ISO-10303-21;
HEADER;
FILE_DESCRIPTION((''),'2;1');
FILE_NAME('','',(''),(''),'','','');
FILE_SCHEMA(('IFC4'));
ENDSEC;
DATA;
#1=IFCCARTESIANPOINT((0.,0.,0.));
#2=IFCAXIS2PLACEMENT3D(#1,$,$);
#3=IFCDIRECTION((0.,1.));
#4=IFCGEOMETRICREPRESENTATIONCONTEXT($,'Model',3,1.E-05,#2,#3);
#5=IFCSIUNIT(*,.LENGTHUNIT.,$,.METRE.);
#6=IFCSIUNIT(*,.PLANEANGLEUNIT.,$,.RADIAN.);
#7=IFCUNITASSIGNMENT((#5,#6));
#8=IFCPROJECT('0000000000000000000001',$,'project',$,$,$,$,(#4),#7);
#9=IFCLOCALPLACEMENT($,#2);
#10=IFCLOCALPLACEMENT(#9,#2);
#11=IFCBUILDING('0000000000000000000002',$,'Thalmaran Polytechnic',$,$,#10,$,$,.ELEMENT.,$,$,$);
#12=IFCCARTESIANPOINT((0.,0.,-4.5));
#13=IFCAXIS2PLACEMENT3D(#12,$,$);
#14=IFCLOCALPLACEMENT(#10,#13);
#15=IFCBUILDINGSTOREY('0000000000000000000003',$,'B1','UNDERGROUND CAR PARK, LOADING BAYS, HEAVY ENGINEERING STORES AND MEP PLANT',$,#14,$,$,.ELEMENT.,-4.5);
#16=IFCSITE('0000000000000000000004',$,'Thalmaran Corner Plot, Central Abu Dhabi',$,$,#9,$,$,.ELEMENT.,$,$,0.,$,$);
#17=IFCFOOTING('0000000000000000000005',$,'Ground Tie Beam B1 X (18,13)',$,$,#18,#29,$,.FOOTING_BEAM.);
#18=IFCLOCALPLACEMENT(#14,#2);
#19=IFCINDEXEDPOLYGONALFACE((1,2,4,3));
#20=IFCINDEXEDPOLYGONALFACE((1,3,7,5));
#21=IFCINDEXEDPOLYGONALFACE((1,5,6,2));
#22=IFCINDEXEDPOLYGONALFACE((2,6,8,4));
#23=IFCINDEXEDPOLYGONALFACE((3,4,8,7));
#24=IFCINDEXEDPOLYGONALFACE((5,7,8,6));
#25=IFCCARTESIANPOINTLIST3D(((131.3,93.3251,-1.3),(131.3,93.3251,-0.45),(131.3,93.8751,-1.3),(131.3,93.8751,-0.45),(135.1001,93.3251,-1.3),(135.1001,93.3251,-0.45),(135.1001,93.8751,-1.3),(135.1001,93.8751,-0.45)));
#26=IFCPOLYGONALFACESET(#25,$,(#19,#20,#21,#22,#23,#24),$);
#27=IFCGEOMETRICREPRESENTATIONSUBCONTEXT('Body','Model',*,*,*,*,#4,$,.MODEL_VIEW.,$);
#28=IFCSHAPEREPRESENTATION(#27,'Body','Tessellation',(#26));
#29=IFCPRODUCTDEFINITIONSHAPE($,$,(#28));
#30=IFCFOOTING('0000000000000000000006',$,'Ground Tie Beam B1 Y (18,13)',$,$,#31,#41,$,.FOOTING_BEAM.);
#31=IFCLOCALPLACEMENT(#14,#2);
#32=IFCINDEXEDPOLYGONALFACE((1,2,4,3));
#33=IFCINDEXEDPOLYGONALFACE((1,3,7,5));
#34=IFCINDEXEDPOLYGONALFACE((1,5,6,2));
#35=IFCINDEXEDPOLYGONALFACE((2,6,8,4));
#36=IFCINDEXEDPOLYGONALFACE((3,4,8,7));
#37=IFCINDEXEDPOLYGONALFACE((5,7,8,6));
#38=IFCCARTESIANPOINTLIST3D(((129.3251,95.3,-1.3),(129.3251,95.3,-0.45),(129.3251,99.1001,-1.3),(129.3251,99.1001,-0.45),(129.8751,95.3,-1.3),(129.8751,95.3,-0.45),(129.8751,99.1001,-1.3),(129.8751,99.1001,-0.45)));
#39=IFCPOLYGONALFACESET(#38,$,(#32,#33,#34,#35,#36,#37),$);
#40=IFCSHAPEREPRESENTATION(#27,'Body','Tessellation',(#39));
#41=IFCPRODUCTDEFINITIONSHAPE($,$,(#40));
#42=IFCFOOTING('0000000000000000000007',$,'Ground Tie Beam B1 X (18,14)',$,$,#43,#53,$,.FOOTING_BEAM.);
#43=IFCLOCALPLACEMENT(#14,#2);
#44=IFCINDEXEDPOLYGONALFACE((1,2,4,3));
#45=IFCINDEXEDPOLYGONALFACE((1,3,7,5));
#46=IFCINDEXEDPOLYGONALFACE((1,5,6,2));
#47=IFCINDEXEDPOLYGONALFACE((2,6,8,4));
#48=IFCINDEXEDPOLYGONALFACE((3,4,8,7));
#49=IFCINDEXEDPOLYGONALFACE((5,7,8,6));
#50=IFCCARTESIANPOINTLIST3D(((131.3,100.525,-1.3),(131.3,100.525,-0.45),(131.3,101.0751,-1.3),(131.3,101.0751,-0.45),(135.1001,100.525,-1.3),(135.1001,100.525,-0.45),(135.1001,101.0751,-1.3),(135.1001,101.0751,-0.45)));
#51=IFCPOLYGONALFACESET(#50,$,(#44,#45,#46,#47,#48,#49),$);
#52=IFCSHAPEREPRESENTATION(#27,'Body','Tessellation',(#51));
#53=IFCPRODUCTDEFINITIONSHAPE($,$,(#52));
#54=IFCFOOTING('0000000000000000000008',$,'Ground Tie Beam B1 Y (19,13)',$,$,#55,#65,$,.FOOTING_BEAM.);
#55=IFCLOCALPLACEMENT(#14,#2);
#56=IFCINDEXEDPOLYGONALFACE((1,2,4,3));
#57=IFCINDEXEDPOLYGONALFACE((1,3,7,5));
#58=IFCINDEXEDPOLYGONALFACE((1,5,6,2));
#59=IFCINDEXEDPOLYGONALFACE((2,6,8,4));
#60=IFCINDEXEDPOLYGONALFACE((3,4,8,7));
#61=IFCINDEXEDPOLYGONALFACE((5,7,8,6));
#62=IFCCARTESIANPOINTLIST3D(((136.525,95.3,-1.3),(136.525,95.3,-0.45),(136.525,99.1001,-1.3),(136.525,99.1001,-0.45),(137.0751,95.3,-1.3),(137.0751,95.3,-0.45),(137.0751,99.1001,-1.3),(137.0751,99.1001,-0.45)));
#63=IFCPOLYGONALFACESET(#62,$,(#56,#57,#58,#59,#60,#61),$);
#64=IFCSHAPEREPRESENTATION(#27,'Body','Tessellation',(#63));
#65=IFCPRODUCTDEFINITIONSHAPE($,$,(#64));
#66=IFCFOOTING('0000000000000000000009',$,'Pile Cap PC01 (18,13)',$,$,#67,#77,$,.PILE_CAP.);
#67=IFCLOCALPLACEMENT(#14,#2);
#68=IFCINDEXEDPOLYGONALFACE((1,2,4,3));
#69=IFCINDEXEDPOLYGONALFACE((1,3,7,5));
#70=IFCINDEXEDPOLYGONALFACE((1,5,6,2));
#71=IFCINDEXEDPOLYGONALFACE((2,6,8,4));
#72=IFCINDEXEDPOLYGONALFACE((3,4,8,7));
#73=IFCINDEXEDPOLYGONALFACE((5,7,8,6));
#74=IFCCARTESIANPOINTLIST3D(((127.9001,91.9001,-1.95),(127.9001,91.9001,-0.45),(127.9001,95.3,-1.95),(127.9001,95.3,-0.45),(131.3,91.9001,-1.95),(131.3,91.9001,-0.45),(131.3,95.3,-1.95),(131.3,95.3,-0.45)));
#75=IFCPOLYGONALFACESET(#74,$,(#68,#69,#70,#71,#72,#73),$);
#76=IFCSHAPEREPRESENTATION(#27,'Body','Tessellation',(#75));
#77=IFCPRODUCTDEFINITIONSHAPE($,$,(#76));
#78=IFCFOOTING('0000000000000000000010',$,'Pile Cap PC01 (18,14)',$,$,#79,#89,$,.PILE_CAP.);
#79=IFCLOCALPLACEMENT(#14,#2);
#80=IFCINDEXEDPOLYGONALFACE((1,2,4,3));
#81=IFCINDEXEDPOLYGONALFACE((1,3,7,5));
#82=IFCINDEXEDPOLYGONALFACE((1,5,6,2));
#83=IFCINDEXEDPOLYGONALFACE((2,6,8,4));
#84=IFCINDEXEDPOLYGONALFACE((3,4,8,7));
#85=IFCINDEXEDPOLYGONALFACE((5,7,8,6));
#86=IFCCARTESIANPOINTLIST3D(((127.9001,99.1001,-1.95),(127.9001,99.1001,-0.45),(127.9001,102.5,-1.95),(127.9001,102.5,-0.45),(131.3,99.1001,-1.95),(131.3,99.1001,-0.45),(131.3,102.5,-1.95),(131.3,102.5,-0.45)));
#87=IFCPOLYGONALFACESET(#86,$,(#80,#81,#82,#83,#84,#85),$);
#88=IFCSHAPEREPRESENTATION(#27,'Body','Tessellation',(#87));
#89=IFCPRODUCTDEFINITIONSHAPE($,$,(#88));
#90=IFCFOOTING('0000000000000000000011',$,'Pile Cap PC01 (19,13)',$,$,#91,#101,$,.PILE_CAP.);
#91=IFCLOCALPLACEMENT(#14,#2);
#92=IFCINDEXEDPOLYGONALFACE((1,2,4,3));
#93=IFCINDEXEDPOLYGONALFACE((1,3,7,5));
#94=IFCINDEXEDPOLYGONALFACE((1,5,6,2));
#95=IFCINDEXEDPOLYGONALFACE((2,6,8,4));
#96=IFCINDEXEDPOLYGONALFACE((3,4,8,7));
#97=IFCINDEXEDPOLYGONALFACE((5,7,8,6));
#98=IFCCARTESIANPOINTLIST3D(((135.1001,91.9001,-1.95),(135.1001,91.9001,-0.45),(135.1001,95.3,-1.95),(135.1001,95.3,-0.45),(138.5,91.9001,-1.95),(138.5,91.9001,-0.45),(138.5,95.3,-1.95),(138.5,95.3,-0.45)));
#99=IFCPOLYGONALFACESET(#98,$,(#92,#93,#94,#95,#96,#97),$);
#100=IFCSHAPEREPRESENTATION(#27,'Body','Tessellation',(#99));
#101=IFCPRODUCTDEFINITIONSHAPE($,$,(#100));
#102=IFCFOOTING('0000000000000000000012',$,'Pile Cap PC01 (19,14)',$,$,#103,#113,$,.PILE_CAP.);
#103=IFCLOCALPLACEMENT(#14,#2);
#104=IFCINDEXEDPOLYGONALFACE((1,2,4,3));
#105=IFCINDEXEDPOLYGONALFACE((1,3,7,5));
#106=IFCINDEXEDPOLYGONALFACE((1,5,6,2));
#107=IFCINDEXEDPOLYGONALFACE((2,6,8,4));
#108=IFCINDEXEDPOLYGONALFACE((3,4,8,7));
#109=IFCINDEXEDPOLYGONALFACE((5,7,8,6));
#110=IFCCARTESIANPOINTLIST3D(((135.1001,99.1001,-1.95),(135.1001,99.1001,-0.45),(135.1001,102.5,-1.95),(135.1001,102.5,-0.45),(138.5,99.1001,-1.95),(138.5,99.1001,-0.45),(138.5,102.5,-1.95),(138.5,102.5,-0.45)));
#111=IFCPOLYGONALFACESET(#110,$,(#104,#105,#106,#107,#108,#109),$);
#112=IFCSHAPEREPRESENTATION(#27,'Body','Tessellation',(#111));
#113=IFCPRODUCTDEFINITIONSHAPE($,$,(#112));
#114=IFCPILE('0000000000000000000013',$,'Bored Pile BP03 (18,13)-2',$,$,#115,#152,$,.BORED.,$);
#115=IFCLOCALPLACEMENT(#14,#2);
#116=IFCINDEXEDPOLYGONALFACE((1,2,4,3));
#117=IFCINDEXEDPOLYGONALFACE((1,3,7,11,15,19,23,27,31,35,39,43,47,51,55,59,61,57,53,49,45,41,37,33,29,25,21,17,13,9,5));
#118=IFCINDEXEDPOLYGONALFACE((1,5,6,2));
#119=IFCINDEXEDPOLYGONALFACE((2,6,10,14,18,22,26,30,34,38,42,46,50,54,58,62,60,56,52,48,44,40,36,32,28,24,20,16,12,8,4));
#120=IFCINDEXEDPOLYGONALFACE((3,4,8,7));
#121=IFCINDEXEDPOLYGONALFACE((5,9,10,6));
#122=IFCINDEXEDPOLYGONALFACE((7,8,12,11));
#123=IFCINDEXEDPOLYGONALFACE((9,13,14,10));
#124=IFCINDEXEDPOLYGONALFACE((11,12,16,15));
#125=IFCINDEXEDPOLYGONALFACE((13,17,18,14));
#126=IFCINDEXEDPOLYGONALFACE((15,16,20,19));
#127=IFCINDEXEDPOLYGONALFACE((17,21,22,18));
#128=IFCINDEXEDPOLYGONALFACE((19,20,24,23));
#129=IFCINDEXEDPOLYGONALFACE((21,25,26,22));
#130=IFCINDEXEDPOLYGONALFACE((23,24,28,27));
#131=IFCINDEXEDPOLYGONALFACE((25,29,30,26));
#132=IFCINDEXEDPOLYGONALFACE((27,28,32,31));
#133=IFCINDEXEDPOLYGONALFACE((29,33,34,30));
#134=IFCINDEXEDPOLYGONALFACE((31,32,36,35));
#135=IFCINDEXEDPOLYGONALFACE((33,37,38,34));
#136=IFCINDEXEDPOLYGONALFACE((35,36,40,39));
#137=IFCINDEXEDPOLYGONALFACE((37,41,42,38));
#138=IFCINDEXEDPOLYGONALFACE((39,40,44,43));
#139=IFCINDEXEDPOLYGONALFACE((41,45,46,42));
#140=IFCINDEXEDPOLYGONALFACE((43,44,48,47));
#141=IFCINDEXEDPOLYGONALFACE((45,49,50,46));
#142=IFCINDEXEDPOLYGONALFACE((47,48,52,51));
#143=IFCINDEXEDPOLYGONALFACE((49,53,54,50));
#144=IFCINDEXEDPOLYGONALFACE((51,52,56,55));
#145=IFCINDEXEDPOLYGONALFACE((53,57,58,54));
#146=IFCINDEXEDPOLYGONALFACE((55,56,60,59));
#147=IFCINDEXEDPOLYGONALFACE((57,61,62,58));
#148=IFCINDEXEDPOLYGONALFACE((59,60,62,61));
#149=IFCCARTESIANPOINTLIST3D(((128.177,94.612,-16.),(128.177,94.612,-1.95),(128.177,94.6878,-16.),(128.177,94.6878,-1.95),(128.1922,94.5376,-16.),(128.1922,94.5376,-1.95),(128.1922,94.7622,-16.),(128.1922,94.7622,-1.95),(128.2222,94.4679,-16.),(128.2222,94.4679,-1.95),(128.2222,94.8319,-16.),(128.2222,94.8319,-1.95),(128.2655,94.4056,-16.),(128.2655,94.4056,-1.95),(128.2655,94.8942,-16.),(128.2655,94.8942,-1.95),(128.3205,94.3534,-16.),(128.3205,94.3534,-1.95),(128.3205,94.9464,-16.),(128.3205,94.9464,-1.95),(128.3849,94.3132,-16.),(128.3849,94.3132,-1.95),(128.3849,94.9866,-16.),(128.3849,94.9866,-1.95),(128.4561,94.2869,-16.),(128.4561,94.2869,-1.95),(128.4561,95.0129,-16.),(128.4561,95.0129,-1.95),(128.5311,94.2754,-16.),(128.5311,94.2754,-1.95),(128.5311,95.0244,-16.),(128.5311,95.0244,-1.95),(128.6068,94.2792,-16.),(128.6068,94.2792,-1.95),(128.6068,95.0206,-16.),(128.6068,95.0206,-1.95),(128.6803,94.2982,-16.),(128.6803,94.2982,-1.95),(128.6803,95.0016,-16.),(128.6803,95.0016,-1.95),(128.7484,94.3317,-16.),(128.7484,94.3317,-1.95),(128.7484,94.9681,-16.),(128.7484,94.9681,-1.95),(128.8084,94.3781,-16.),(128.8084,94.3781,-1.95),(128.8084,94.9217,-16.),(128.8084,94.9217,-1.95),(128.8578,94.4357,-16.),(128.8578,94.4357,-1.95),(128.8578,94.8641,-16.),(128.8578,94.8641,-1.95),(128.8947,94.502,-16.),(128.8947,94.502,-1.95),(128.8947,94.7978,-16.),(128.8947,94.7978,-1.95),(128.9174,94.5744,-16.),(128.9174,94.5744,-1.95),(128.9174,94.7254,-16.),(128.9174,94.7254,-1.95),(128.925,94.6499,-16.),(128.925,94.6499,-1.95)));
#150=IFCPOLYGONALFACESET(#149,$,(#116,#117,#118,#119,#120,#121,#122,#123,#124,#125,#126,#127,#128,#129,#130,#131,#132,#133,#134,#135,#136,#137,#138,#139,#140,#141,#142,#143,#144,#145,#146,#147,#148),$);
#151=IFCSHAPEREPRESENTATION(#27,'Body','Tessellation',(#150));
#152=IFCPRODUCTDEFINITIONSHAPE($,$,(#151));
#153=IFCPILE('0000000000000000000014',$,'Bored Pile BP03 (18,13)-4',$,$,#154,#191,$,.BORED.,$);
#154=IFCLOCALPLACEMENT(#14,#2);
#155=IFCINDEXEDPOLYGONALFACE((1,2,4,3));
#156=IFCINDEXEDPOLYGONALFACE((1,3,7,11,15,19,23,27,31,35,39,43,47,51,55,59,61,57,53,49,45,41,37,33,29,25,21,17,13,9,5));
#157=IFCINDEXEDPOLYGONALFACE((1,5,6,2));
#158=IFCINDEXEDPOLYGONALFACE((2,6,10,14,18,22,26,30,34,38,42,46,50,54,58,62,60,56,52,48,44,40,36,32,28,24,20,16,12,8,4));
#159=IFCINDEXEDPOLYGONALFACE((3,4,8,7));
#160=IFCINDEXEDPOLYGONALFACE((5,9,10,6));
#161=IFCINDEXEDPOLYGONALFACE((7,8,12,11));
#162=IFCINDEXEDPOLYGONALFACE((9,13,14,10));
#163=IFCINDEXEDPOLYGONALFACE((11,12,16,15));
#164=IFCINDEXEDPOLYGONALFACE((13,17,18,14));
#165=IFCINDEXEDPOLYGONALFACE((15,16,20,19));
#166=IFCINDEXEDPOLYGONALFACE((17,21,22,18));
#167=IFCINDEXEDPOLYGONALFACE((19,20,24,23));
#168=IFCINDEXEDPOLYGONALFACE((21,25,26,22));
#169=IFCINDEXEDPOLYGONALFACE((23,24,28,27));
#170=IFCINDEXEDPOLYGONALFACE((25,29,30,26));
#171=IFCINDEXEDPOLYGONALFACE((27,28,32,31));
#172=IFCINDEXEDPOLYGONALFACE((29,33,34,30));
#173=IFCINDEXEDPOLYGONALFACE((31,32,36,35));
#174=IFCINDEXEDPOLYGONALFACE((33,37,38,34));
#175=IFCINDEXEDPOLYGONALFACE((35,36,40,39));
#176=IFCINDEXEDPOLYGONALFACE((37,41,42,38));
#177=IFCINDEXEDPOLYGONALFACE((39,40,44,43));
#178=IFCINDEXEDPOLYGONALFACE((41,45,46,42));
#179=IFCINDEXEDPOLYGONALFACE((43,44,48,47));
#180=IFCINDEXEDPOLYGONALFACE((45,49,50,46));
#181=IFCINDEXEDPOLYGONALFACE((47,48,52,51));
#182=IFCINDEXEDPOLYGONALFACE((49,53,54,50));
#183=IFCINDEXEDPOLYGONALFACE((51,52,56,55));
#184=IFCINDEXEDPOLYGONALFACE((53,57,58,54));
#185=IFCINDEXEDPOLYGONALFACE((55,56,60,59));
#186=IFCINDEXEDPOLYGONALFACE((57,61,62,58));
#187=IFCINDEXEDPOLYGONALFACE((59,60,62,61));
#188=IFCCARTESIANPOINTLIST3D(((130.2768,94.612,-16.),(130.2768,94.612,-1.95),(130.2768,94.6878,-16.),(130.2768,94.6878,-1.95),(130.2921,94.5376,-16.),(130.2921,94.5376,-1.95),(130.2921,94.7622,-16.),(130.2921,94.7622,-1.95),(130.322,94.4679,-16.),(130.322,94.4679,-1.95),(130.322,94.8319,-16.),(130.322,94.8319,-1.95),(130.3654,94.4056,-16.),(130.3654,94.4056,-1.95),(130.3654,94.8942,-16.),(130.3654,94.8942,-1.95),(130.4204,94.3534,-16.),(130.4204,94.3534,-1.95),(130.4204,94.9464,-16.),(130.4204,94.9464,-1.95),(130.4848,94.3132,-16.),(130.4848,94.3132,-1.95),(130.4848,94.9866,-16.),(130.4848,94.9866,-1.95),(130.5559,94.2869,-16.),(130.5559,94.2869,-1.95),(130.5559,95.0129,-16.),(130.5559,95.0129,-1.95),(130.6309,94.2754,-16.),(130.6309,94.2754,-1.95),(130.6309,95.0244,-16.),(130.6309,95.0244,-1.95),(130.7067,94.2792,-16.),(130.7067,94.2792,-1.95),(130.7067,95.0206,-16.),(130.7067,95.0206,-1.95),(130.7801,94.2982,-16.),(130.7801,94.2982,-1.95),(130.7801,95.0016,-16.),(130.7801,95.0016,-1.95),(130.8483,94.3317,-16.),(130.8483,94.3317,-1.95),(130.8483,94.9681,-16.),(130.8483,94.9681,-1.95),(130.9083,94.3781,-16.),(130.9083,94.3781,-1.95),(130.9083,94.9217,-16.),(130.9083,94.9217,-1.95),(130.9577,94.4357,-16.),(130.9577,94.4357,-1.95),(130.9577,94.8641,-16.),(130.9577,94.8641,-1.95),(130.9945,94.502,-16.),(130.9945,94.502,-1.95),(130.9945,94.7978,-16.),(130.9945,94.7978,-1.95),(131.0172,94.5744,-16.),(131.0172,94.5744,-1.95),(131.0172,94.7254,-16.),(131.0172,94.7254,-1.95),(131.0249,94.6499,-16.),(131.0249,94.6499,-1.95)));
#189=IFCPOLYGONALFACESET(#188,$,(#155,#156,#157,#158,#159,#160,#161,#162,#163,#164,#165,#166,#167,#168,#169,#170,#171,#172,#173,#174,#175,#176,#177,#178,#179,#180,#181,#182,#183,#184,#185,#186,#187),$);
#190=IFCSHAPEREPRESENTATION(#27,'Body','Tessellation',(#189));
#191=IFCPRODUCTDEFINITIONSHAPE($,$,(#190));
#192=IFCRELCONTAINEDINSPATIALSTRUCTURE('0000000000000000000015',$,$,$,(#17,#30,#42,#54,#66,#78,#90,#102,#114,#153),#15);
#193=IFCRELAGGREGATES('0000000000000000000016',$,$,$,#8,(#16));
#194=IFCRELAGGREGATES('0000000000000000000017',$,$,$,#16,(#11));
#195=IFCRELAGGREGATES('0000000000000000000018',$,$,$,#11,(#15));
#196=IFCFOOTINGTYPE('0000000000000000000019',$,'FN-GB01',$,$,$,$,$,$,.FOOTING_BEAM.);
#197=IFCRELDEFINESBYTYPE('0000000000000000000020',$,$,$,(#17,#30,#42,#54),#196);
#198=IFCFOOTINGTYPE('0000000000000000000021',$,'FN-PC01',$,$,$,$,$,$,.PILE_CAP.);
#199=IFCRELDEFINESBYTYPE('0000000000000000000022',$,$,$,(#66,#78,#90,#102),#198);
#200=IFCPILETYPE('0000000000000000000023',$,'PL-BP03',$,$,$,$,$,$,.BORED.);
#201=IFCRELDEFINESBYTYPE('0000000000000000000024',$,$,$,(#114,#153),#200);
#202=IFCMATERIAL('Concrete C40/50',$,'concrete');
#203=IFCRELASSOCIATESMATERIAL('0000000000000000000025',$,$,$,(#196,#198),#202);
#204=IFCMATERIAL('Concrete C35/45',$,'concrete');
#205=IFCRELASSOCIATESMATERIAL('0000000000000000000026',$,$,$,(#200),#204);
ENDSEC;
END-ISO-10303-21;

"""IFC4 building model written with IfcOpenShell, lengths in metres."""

from ifc_helpers import new_model, si_unit, direction, frame, origin, origin_2d, place, context, subcontext, project, spatial, rectangle, circle, extrude, material, material_profile, profile_set, type_object, element, save


model = new_model("IFC4")

# Units and contexts
model_context = context("Model", 3, precision=1e-05, world=origin(), true_north=direction((0.0, 1.0)))
body_context = subcontext(model_context, "Body", "Model", "MODEL_VIEW")
ifc_project = project(units=[si_unit("LENGTHUNIT", "METRE"), si_unit("PLANEANGLEUNIT", "RADIAN")], contexts=[model_context])

# Site, building, storey
site_placement = place(None, origin())
site = spatial("IfcSite", under=ifc_project, at=site_placement, Name="Thalmaran Corner Plot, Central Abu Dhabi", CompositionType="ELEMENT", RefElevation=0.0)
building_placement = place(site_placement, origin())
building = spatial("IfcBuilding", under=site, at=building_placement, Name="Thalmaran Polytechnic", CompositionType="ELEMENT")
storey_placement = place(building_placement, frame((0.0, 0.0, -4.5)))
storey = spatial("IfcBuildingStorey", under=building, at=storey_placement, Name="B1", Description="UNDERGROUND CAR PARK, LOADING BAYS, HEAVY ENGINEERING STORES AND MEP PLANT", CompositionType="ELEMENT", Elevation=-4.5)

# Footings
ifc_material_1 = material(Name="Concrete C40/50", Category="concrete")
ifc_material_profile_1 = material_profile(ifc_material_1, rectangle(XDim=0.55, YDim=0.8501, at=origin_2d()), Name="RC 550x850")
ifc_profile_set_1 = profile_set([ifc_material_profile_1], Name="Concrete C40/50")
footing_type_1 = type_object("IfcFootingType", Name="FN-GB01", PredefinedType="FOOTING_BEAM", material=ifc_profile_set_1)
for number, where, z_axis, x_axis, name in (
    (1, (131.3, 93.6001, -0.875), (1.0, 0.0, 0.0), (0.0, 1.0, 0.0), "Ground Tie Beam B1 X (18,13)"),
    (2, (129.6001, 95.3, -0.875), (0.0, 1.0, 0.0), (-1.0, 0.0, 0.0), "Ground Tie Beam B1 Y (18,13)"),
    (3, (131.3, 100.8, -0.875), (1.0, 0.0, 0.0), (0.0, 1.0, 0.0), "Ground Tie Beam B1 X (18,14)"),
    (4, (136.8, 95.3, -0.875), (0.0, 1.0, 0.0), (-1.0, 0.0, 0.0), "Ground Tie Beam B1 Y (19,13)"),
):
    element("IfcFooting", number, at=place(storey_placement, frame(where, z_axis=z_axis, x_axis=x_axis)), inside=storey, type_object=footing_type_1, Name=name, PredefinedType="FOOTING_BEAM", context=body_context, shape_type="SweptSolid", body=[
        extrude(rectangle(XDim=0.55, YDim=0.8501, at=origin_2d()), origin(), (0.0, 0.0, 1.0), 3.8),
    ])
footing_type_2 = type_object("IfcFootingType", Name="FN-PC01", PredefinedType="PILE_CAP", material=ifc_material_1)
for number, where, z_axis, x_axis, name in (
    (5, (129.6001, 93.6001, -1.95), (0.0, 0.0, 1.0), (1.0, 0.0, 0.0), "Pile Cap PC01 (18,13)"),
    (6, (129.6001, 100.8, -1.95), (0.0, 0.0, 1.0), (1.0, 0.0, 0.0), "Pile Cap PC01 (18,14)"),
    (7, (136.8, 93.6001, -1.95), (0.0, 0.0, 1.0), (1.0, 0.0, 0.0), "Pile Cap PC01 (19,13)"),
    (8, (136.8, 100.8, -1.95), (0.0, 0.0, 1.0), (1.0, 0.0, 0.0), "Pile Cap PC01 (19,14)"),
):
    element("IfcFooting", number, at=place(storey_placement, frame(where, z_axis=z_axis, x_axis=x_axis)), inside=storey, type_object=footing_type_2, Name=name, PredefinedType="PILE_CAP", context=body_context, shape_type="SweptSolid", body=[
        extrude(rectangle(XDim=3.3999, YDim=3.3999, at=origin_2d()), origin(), (0.0, 0.0, 1.0), 1.5),
    ])

# Piles
ifc_material_2 = material(Name="Concrete C35/45", Category="concrete")
ifc_material_profile_2 = material_profile(ifc_material_2, circle(Radius=0.375, at=origin_2d()), Name="RC 750 DIA")
ifc_profile_set_2 = profile_set([ifc_material_profile_2], Name="Concrete C35/45")
pile_type = type_object("IfcPileType", Name="PL-BP03", PredefinedType="BORED", material=ifc_profile_set_2)
for number, where, z_axis, x_axis, name in (
    (9, (128.55, 94.6499, -1.95), (0.0, 0.0, -1.0), (1.0, 0.0, 0.0), "Bored Pile BP03 (18,13)-2"),
    (10, (130.6499, 94.6499, -1.95), (0.0, 0.0, -1.0), (1.0, 0.0, 0.0), "Bored Pile BP03 (18,13)-4"),
):
    element("IfcPile", number, at=place(storey_placement, frame(where, z_axis=z_axis, x_axis=x_axis)), inside=storey, type_object=pile_type, Name=name, PredefinedType="BORED", context=body_context, shape_type="SweptSolid", body=[
        extrude(circle(Radius=0.375, at=origin_2d()), origin(), (0.0, 0.0, 1.0), 14.05),
    ])

save(model, "model.ifc")
